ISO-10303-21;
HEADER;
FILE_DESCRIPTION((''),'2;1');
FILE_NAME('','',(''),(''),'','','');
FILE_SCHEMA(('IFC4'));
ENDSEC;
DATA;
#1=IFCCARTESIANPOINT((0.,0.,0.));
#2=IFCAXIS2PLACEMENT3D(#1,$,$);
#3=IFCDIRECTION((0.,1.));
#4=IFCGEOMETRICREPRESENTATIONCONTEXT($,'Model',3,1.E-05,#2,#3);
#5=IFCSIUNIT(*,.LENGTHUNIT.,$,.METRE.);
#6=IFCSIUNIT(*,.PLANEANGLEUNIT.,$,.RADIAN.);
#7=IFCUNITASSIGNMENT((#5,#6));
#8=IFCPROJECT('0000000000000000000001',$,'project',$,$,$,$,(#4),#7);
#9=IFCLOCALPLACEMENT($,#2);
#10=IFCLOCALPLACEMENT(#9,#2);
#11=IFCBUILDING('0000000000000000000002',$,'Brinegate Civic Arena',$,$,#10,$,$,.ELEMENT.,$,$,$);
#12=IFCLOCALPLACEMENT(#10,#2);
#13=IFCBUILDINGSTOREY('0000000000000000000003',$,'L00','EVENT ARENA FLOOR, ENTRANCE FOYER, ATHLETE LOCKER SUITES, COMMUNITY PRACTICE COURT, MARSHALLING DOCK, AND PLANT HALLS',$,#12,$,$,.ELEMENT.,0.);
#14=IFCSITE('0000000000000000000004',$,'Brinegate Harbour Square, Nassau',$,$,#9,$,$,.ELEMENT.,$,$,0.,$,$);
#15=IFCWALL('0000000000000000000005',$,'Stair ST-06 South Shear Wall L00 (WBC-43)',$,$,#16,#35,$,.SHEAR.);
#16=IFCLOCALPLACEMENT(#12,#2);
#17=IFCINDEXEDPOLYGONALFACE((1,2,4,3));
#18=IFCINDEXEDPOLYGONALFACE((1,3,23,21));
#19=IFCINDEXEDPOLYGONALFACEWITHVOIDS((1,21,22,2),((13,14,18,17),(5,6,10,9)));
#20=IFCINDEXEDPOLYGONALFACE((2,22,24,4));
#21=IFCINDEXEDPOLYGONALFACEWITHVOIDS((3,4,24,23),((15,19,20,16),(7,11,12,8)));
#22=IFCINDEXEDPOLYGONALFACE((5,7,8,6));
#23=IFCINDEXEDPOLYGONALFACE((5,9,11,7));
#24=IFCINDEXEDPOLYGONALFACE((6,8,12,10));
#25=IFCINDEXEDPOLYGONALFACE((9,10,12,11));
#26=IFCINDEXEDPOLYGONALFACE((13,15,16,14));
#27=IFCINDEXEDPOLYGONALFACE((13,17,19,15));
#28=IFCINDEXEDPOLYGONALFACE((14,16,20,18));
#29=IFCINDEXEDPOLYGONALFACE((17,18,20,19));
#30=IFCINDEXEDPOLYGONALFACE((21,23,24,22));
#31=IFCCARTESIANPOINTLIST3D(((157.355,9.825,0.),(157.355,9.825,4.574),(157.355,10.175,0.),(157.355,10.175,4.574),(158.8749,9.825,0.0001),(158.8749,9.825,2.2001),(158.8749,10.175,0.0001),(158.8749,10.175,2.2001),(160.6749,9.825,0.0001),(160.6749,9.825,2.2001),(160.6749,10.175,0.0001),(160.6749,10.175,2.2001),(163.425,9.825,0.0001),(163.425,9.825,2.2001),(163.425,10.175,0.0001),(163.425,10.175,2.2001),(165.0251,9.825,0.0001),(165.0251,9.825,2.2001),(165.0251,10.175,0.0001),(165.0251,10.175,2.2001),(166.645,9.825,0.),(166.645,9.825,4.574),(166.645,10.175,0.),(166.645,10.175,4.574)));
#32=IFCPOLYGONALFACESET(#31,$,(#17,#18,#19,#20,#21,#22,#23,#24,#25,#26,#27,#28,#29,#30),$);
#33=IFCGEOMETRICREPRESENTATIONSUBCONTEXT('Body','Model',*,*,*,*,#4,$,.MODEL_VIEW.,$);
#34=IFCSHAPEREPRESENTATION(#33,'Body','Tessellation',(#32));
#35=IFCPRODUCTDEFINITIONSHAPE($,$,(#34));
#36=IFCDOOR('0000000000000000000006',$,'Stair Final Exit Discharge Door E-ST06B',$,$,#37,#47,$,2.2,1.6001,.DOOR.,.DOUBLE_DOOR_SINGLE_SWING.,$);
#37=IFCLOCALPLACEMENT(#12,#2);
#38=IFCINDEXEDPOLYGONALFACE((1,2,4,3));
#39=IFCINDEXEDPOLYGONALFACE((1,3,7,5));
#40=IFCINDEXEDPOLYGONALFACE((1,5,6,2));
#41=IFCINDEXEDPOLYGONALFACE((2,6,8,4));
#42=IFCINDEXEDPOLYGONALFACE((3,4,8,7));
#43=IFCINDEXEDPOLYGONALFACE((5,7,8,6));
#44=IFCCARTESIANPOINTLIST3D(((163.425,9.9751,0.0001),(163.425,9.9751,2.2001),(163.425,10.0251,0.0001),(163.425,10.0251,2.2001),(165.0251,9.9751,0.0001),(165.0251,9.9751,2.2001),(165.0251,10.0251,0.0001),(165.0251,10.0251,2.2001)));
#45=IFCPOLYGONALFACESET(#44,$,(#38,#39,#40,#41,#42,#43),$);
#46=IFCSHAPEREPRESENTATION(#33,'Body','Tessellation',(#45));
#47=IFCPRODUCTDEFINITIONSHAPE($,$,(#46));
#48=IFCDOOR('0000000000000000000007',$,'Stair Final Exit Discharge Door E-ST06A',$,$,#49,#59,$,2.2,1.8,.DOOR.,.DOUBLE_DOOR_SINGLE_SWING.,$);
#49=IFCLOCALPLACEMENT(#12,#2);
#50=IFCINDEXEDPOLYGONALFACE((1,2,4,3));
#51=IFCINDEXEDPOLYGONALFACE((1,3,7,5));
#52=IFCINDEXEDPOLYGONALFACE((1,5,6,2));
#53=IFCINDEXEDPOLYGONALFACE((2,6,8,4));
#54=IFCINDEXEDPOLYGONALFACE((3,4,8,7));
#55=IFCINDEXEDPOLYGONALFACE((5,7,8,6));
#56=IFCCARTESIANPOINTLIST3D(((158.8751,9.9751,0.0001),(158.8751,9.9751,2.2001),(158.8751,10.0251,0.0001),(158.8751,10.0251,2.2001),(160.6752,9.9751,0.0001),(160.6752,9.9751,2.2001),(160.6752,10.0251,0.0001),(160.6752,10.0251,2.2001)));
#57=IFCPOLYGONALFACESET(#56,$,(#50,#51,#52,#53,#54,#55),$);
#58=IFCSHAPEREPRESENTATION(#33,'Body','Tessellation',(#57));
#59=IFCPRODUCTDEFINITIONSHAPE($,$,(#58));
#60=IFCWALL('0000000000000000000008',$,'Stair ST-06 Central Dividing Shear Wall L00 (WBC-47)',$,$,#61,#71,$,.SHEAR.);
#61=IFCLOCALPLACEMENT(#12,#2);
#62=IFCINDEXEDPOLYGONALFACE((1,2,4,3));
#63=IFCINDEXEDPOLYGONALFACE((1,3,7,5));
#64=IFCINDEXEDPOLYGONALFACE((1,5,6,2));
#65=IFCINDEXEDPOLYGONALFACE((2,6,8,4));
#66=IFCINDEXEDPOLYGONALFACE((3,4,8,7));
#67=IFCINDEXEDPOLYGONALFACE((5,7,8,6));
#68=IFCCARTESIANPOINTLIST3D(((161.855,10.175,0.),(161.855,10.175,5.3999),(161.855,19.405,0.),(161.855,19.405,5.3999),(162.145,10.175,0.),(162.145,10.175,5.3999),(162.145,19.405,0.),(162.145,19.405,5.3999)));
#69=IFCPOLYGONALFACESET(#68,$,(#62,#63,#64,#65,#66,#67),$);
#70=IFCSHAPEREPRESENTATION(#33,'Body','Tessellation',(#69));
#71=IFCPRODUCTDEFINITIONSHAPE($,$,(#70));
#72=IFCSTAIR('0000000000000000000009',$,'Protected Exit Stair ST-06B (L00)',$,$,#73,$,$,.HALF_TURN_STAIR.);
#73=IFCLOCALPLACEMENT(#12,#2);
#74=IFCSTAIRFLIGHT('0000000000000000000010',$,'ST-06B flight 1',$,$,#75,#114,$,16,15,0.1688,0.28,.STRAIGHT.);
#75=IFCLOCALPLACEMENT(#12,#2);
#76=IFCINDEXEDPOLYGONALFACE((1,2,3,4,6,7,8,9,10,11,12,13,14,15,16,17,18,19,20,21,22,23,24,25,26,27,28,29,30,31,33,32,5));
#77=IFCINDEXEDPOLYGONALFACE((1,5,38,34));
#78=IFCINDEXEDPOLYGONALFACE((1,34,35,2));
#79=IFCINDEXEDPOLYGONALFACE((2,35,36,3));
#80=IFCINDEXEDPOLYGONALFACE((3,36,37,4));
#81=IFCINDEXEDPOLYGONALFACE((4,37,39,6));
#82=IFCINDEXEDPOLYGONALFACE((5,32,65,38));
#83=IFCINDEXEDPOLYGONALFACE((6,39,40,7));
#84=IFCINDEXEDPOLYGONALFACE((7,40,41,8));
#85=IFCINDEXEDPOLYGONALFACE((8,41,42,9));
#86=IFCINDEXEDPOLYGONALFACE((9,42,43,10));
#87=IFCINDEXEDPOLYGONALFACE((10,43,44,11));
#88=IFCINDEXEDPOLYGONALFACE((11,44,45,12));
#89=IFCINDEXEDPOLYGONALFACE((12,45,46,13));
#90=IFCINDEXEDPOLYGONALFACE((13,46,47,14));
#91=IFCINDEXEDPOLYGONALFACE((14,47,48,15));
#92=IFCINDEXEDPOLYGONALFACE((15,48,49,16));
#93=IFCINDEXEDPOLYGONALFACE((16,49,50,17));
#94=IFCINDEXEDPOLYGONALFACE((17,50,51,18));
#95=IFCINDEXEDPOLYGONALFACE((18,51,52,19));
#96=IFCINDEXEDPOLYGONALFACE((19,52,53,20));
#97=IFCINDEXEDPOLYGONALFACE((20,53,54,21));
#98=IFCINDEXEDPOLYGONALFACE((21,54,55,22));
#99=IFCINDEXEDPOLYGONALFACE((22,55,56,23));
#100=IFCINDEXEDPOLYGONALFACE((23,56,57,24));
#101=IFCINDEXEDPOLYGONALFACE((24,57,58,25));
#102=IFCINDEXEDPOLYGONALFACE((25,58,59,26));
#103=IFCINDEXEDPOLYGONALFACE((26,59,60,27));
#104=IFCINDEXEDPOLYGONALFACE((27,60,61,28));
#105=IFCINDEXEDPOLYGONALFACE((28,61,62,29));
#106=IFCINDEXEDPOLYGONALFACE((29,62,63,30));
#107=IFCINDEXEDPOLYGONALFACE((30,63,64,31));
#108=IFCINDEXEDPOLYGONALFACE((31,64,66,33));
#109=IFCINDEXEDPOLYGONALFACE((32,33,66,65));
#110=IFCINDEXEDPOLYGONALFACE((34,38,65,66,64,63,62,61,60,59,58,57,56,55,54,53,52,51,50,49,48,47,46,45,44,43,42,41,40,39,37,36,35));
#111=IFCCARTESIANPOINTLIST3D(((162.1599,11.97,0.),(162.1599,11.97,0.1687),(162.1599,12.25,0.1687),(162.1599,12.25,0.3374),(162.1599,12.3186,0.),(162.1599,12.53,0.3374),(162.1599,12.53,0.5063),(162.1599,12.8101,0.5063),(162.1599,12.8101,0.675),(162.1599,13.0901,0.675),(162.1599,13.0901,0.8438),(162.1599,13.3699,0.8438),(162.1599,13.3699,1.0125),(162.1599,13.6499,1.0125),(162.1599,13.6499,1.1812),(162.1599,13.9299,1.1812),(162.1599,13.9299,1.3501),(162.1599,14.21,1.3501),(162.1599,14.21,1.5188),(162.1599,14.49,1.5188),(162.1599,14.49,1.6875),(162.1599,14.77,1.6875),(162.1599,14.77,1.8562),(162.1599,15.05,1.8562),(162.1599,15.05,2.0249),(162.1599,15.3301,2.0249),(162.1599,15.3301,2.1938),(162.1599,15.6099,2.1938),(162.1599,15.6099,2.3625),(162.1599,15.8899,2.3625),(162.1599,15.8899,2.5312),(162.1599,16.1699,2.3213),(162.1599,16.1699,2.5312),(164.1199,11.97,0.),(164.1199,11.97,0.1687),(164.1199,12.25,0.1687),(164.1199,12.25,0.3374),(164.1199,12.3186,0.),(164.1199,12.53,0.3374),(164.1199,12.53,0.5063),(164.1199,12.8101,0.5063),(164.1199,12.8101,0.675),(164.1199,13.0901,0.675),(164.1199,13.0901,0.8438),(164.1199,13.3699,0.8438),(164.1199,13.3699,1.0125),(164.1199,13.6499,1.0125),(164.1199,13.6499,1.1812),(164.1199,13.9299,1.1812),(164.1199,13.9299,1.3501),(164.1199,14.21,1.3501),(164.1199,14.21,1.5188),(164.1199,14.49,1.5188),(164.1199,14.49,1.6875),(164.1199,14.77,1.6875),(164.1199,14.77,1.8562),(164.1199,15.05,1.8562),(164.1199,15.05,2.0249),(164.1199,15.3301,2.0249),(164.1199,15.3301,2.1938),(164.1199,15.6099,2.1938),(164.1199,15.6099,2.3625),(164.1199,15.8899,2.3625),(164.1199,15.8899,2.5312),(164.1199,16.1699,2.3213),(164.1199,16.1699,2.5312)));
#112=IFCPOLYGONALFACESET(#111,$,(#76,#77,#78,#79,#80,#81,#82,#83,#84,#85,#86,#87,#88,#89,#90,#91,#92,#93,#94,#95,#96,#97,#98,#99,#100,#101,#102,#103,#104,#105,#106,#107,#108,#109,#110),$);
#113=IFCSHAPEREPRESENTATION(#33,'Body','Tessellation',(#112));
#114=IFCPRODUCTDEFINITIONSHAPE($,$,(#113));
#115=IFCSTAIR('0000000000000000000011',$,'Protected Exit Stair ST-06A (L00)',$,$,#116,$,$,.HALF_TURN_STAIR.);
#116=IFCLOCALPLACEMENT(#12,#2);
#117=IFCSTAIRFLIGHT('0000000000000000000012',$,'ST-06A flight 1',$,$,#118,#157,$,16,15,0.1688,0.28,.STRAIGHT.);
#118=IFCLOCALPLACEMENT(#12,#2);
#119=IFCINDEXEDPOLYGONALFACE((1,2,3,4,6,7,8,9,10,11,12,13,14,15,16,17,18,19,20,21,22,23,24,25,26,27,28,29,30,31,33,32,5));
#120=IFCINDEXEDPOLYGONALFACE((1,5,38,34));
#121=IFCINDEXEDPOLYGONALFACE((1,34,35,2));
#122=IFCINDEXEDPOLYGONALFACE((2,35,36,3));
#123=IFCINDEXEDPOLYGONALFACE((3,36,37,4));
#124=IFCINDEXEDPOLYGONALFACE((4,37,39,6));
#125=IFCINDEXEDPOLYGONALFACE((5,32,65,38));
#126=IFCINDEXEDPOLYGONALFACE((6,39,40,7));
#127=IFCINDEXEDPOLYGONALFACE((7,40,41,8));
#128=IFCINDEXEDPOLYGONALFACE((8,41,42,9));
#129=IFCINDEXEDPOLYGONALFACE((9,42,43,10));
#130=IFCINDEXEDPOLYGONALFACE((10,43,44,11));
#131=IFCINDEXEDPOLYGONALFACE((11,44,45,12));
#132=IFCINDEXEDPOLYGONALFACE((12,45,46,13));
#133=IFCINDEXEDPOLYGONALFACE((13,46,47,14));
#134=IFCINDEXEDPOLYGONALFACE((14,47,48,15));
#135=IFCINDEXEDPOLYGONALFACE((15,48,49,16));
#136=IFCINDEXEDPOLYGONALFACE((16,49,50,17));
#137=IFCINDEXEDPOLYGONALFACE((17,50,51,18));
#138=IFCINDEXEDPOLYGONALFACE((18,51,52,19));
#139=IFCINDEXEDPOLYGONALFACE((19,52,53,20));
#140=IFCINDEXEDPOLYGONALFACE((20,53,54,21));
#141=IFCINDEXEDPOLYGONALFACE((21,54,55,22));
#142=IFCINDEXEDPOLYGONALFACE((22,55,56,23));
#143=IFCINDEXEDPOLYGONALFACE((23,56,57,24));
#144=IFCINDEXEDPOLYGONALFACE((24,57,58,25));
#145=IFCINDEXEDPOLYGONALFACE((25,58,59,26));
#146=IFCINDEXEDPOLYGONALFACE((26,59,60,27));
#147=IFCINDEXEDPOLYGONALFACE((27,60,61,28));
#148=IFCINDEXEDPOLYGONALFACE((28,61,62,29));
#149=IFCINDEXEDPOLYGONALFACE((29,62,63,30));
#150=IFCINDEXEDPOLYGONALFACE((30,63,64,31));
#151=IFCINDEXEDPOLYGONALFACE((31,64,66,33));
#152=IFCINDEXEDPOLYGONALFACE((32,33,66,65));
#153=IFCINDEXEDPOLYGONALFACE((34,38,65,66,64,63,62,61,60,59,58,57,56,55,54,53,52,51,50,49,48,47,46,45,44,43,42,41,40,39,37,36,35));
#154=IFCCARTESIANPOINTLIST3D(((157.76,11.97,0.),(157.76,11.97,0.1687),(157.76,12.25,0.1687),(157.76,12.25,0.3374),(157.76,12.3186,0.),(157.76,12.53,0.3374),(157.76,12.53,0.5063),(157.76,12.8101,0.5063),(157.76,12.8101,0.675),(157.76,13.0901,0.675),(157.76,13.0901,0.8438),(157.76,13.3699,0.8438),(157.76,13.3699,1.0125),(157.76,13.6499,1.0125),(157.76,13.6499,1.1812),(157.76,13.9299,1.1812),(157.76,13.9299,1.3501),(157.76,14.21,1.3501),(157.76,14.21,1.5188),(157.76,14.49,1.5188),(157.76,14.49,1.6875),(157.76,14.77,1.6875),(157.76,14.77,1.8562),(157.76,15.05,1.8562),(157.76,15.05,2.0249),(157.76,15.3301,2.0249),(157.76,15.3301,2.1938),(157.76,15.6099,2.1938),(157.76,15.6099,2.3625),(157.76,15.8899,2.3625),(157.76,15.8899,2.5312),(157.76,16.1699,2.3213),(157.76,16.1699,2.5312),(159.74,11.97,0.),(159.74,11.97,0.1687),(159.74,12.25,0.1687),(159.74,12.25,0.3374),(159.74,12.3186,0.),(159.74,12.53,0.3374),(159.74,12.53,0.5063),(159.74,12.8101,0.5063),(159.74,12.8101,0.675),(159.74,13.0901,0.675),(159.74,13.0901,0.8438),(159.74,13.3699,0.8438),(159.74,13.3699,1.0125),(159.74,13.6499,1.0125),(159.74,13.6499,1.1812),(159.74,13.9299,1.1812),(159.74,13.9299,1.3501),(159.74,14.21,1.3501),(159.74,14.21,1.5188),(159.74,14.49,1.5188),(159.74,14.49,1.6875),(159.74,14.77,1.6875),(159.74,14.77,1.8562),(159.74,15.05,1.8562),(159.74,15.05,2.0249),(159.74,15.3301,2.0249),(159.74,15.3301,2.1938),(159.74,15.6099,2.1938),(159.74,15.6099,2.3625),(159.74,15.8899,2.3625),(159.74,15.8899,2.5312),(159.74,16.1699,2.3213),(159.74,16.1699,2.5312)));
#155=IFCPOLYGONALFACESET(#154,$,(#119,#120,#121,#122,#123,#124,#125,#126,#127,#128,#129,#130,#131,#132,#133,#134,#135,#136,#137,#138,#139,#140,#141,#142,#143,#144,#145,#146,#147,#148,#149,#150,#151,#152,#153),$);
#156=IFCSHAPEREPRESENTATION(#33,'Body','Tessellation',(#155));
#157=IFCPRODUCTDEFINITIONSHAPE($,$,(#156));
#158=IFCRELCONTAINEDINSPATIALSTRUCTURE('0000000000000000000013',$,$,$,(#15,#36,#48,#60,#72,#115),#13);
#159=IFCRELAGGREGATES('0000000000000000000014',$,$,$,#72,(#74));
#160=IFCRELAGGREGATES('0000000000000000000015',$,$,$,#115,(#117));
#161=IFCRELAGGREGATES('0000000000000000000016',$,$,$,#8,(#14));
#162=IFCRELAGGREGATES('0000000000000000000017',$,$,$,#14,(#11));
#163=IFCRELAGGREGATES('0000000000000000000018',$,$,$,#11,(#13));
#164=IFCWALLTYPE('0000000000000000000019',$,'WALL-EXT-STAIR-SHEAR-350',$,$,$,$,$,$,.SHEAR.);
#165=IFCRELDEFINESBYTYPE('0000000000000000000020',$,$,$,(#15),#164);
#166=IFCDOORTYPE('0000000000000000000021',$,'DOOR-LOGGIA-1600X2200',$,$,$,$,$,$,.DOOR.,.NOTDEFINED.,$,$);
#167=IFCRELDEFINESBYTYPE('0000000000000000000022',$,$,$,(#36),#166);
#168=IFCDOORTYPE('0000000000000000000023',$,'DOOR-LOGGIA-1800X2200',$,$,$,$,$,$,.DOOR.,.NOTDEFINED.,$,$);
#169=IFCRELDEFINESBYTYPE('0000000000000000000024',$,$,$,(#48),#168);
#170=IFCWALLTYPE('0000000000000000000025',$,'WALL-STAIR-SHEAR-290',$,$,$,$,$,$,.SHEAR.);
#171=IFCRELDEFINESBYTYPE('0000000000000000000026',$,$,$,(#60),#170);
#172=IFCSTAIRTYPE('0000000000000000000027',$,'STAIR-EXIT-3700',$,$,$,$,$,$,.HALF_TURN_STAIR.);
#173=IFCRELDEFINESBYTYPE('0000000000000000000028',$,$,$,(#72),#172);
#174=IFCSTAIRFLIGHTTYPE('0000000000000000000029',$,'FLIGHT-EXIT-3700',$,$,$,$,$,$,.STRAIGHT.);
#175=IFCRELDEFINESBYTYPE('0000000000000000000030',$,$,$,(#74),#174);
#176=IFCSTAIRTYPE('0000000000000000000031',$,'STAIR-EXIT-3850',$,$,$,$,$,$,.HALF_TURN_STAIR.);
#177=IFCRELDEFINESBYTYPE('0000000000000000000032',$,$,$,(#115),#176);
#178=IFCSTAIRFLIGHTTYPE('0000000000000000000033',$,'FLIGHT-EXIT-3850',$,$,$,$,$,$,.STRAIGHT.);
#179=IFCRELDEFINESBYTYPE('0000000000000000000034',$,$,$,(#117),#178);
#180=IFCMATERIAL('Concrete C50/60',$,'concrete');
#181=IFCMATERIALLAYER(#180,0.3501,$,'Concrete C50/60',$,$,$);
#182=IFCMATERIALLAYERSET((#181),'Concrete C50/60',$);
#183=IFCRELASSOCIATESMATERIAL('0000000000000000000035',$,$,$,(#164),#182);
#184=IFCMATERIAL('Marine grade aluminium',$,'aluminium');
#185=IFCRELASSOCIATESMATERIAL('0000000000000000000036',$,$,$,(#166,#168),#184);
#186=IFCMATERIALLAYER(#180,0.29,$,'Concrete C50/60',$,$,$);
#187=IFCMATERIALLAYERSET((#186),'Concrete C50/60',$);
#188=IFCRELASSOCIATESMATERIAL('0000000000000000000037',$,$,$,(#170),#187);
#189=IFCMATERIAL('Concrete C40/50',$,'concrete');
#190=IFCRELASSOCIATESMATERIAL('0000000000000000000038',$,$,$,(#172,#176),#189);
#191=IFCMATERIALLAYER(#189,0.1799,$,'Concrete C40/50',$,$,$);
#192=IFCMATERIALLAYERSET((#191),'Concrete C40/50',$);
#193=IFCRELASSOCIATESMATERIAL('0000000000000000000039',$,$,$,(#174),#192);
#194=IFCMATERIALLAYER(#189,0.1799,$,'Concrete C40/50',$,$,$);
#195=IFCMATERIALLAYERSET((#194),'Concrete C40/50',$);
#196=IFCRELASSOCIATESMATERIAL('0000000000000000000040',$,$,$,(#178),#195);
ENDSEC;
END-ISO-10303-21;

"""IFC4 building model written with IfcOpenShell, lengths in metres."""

from ifc_helpers import new_model, si_unit, direction, frame, frame_2d, origin, place, context, subcontext, project, spatial, polyline, rectangle, outline, extrude, material, layer, layer_set, type_object, element, fill, aggregate, save


model = new_model("IFC4")

# Units and contexts
model_context = context("Model", 3, precision=1e-05, world=origin(), true_north=direction((0.0, 1.0)))
body_context = subcontext(model_context, "Body", "Model", "MODEL_VIEW")
ifc_project = project(units=[si_unit("LENGTHUNIT", "METRE"), si_unit("PLANEANGLEUNIT", "RADIAN")], contexts=[model_context])

# Site, building, storey
site_placement = place(None, origin())
site = spatial("IfcSite", under=ifc_project, at=site_placement, Name="Brinegate Harbour Square, Nassau", CompositionType="ELEMENT", RefElevation=0.0)
building_placement = place(site_placement, origin())
building = spatial("IfcBuilding", under=site, at=building_placement, Name="Brinegate Civic Arena", CompositionType="ELEMENT")
storey_placement = place(building_placement, origin())
storey = spatial("IfcBuildingStorey", under=building, at=storey_placement, Name="L00", Description="EVENT ARENA FLOOR, ENTRANCE FOYER, ATHLETE LOCKER SUITES, COMMUNITY PRACTICE COURT, MARSHALLING DOCK, AND PLANT HALLS", CompositionType="ELEMENT", Elevation=0.0)

# Shared definitions
ifc_material_1 = material(Name="Concrete C40/50", Category="concrete")

# Shared definitions
ifc_material_2 = material(Name="Concrete C50/60", Category="concrete")

# Wall, openings, doors
ifc_layer_1 = layer(ifc_material_2, 0.3501, Name="Concrete C50/60")
ifc_layer_set_1 = layer_set([ifc_layer_1], Name="Concrete C50/60")
wall_type_1 = type_object("IfcWallType", Name="WALL-EXT-STAIR-SHEAR-350", PredefinedType="SHEAR", material=ifc_layer_set_1)
wall_1_placement = place(storey_placement, frame((157.355, 10.0, 0.0), z_axis=(0.0, 0.0, 1.0), x_axis=(1.0, 0.0, 0.0)))
wall_1 = element("IfcWall", 1, at=wall_1_placement, inside=storey, type_object=wall_type_1, Name="Stair ST-06 South Shear Wall L00 (WBC-43)", PredefinedType="SHEAR", context=body_context, shape_type="SweptSolid", body=[
    extrude(rectangle(XDim=9.29, YDim=0.3501, at=frame_2d((4.645, 0.0))), origin(), (0.0, 0.0, 1.0), 4.574),
])
opening_1_placement = place(wall_1_placement, frame((1.52, 0.0, 0.0)))
opening_1 = element("IfcOpeningElement", 2, at=opening_1_placement, cuts=wall_1, PredefinedType="OPENING", context=body_context, shape_type="SweptSolid", body=[
    extrude(rectangle(XDim=1.8, YDim=2.2, at=frame_2d((0.8999, 1.1001))), frame((0.0, 0.1851, 0.0), z_axis=(0.0, -1.0, 0.0), x_axis=(1.0, 0.0, 0.0)), (0.0, 0.0, 1.0), 0.3701),
])
opening_2_placement = place(wall_1_placement, frame((6.0701, 0.0, 0.0)))
opening_2 = element("IfcOpeningElement", 3, at=opening_2_placement, cuts=wall_1, PredefinedType="OPENING", context=body_context, shape_type="SweptSolid", body=[
    extrude(rectangle(XDim=1.6001, YDim=2.2, at=frame_2d((0.8, 1.1001))), frame((0.0, 0.1851, 0.0), z_axis=(0.0, -1.0, 0.0), x_axis=(1.0, 0.0, 0.0)), (0.0, 0.0, 1.0), 0.3701),
])
ifc_material_3 = material(Name="Marine grade aluminium", Category="aluminium")
door_type_1 = type_object("IfcDoorType", Name="DOOR-LOGGIA-1600X2200", OperationType="NOTDEFINED", PredefinedType="DOOR", material=ifc_material_3)
door_1_placement = place(opening_2_placement, frame((1.6001, 0.0, 0.0), z_axis=(0.0, 0.0, 1.0), x_axis=(-1.0, 0.0, 0.0)))
door_1 = element("IfcDoor", 4, at=door_1_placement, inside=storey, type_object=door_type_1, Name="Stair Final Exit Discharge Door E-ST06B", OperationType="DOUBLE_DOOR_SINGLE_SWING", OverallHeight=2.2, OverallWidth=1.6001, PredefinedType="DOOR", context=body_context, shape_type="SweptSolid", body=[
    extrude(rectangle(XDim=1.6001, YDim=2.2, at=frame_2d((0.8, 1.1001))), frame((0.0, 0.0249, 0.0), z_axis=(0.0, -1.0, 0.0), x_axis=(1.0, 0.0, 0.0)), (0.0, 0.0, 1.0), 0.05),
])
fill(opening_2, door_1)
door_type_2 = type_object("IfcDoorType", Name="DOOR-LOGGIA-1800X2200", OperationType="NOTDEFINED", PredefinedType="DOOR", material=ifc_material_3)
door_2_placement = place(opening_1_placement, frame((1.8, 0.0, 0.0), z_axis=(0.0, 0.0, 1.0), x_axis=(-1.0, 0.0, 0.0)))
door_2 = element("IfcDoor", 5, at=door_2_placement, inside=storey, type_object=door_type_2, Name="Stair Final Exit Discharge Door E-ST06A", OperationType="DOUBLE_DOOR_SINGLE_SWING", OverallHeight=2.2, OverallWidth=1.8, PredefinedType="DOOR", context=body_context, shape_type="SweptSolid", body=[
    extrude(rectangle(XDim=1.8, YDim=2.2, at=frame_2d((0.8999, 1.1001))), frame((0.0, 0.0249, 0.0), z_axis=(0.0, -1.0, 0.0), x_axis=(1.0, 0.0, 0.0)), (0.0, 0.0, 1.0), 0.05),
])
fill(opening_1, door_2)

# Wall
ifc_layer_2 = layer(ifc_material_2, 0.29, Name="Concrete C50/60")
ifc_layer_set_2 = layer_set([ifc_layer_2], Name="Concrete C50/60")
wall_type_2 = type_object("IfcWallType", Name="WALL-STAIR-SHEAR-290", PredefinedType="SHEAR", material=ifc_layer_set_2)
wall_2_placement = place(storey_placement, frame((162.0, 10.175, 0.0), z_axis=(0.0, 0.0, 1.0), x_axis=(0.0, 1.0, 0.0)))
element("IfcWall", 6, at=wall_2_placement, inside=storey, type_object=wall_type_2, Name="Stair ST-06 Central Dividing Shear Wall L00 (WBC-47)", PredefinedType="SHEAR", context=body_context, shape_type="SweptSolid", body=[
    extrude(rectangle(XDim=9.23, YDim=0.29, at=frame_2d((4.615, 0.0))), origin(), (0.0, 0.0, 1.0), 5.3999),
])

# Stair, stair flight
stair_type_1 = type_object("IfcStairType", Name="STAIR-EXIT-3700", PredefinedType="HALF_TURN_STAIR", material=ifc_material_1)
stair_1_placement = place(storey_placement, origin())
stair_1 = element("IfcStair", 7, at=stair_1_placement, inside=storey, type_object=stair_type_1, Name="Protected Exit Stair ST-06B (L00)", PredefinedType="HALF_TURN_STAIR")
ifc_layer_3 = layer(ifc_material_1, 0.1799, Name="Concrete C40/50")
ifc_layer_set_3 = layer_set([ifc_layer_3], Name="Concrete C40/50")
stair_flight_type_1 = type_object("IfcStairFlightType", Name="FLIGHT-EXIT-3700", PredefinedType="STRAIGHT", material=ifc_layer_set_3)
stair_flight_1_placement = place(storey_placement, frame((163.1399, 11.97, 0.0), z_axis=(0.0, 0.0, 1.0), x_axis=(0.0, 1.0, 0.0)))
stair_flight_1 = element("IfcStairFlight", 8, at=stair_flight_1_placement, type_object=stair_flight_type_1, Name="ST-06B flight 1", NumberOfRisers=16, NumberOfTreads=15, PredefinedType="STRAIGHT", RiserHeight=0.1688, TreadLength=0.28, context=body_context, shape_type="SweptSolid", body=[
    extrude(outline(polyline([(0.0, 0.0), (0.0, 0.1687), (0.28, 0.1687), (0.28, 0.3374), (0.5601, 0.3374), (0.5601, 0.5063), (0.8401, 0.5063), (0.8401, 0.675), (1.1201, 0.675), (1.1201, 0.8438), (1.3999, 0.8438), (1.3999, 1.0125), (1.6799, 1.0125), (1.6799, 1.1812), (1.96, 1.1812), (1.96, 1.3501), (2.24, 1.3501), (2.24, 1.5188), (2.52, 1.5188), (2.52, 1.6875), (2.8, 1.6875), (2.8, 1.8562), (3.0801, 1.8562), (3.0801, 2.0249), (3.3601, 2.0249), (3.3601, 2.1938), (3.6399, 2.1938), (3.6399, 2.3625), (3.9199, 2.3625), (3.9199, 2.5312), (4.2, 2.5312), (4.2, 2.7), (4.2, 2.3213), (0.3486, 0.0), (0.0, 0.0)])), frame((0.0, 0.98, 0.0), z_axis=(0.0, -1.0, 0.0), x_axis=(1.0, 0.0, 0.0)), (0.0, 0.0, 1.0), 1.96),
])
aggregate(stair_1, [stair_flight_1])

# Stair, stair flight
stair_type_2 = type_object("IfcStairType", Name="STAIR-EXIT-3850", PredefinedType="HALF_TURN_STAIR", material=ifc_material_1)
stair_2_placement = place(storey_placement, origin())
stair_2 = element("IfcStair", 9, at=stair_2_placement, inside=storey, type_object=stair_type_2, Name="Protected Exit Stair ST-06A (L00)", PredefinedType="HALF_TURN_STAIR")
ifc_layer_4 = layer(ifc_material_1, 0.1799, Name="Concrete C40/50")
ifc_layer_set_4 = layer_set([ifc_layer_4], Name="Concrete C40/50")
stair_flight_type_2 = type_object("IfcStairFlightType", Name="FLIGHT-EXIT-3850", PredefinedType="STRAIGHT", material=ifc_layer_set_4)
stair_flight_2_placement = place(storey_placement, frame((158.75, 11.97, 0.0), z_axis=(0.0, 0.0, 1.0), x_axis=(0.0, 1.0, 0.0)))
stair_flight_2 = element("IfcStairFlight", 10, at=stair_flight_2_placement, type_object=stair_flight_type_2, Name="ST-06A flight 1", NumberOfRisers=16, NumberOfTreads=15, PredefinedType="STRAIGHT", RiserHeight=0.1688, TreadLength=0.28, context=body_context, shape_type="SweptSolid", body=[
    extrude(outline(polyline([(0.0, 0.0), (0.0, 0.1687), (0.28, 0.1687), (0.28, 0.3374), (0.5601, 0.3374), (0.5601, 0.5063), (0.8401, 0.5063), (0.8401, 0.675), (1.1201, 0.675), (1.1201, 0.8438), (1.3999, 0.8438), (1.3999, 1.0125), (1.6799, 1.0125), (1.6799, 1.1812), (1.96, 1.1812), (1.96, 1.3501), (2.24, 1.3501), (2.24, 1.5188), (2.52, 1.5188), (2.52, 1.6875), (2.8, 1.6875), (2.8, 1.8562), (3.0801, 1.8562), (3.0801, 2.0249), (3.3601, 2.0249), (3.3601, 2.1938), (3.6399, 2.1938), (3.6399, 2.3625), (3.9199, 2.3625), (3.9199, 2.5312), (4.2, 2.5312), (4.2, 2.7), (4.2, 2.3213), (0.3486, 0.0), (0.0, 0.0)])), frame((0.0, 0.99, 0.0), z_axis=(0.0, -1.0, 0.0), x_axis=(1.0, 0.0, 0.0)), (0.0, 0.0, 1.0), 1.98),
])
aggregate(stair_2, [stair_flight_2])

save(model, "model.ifc")
